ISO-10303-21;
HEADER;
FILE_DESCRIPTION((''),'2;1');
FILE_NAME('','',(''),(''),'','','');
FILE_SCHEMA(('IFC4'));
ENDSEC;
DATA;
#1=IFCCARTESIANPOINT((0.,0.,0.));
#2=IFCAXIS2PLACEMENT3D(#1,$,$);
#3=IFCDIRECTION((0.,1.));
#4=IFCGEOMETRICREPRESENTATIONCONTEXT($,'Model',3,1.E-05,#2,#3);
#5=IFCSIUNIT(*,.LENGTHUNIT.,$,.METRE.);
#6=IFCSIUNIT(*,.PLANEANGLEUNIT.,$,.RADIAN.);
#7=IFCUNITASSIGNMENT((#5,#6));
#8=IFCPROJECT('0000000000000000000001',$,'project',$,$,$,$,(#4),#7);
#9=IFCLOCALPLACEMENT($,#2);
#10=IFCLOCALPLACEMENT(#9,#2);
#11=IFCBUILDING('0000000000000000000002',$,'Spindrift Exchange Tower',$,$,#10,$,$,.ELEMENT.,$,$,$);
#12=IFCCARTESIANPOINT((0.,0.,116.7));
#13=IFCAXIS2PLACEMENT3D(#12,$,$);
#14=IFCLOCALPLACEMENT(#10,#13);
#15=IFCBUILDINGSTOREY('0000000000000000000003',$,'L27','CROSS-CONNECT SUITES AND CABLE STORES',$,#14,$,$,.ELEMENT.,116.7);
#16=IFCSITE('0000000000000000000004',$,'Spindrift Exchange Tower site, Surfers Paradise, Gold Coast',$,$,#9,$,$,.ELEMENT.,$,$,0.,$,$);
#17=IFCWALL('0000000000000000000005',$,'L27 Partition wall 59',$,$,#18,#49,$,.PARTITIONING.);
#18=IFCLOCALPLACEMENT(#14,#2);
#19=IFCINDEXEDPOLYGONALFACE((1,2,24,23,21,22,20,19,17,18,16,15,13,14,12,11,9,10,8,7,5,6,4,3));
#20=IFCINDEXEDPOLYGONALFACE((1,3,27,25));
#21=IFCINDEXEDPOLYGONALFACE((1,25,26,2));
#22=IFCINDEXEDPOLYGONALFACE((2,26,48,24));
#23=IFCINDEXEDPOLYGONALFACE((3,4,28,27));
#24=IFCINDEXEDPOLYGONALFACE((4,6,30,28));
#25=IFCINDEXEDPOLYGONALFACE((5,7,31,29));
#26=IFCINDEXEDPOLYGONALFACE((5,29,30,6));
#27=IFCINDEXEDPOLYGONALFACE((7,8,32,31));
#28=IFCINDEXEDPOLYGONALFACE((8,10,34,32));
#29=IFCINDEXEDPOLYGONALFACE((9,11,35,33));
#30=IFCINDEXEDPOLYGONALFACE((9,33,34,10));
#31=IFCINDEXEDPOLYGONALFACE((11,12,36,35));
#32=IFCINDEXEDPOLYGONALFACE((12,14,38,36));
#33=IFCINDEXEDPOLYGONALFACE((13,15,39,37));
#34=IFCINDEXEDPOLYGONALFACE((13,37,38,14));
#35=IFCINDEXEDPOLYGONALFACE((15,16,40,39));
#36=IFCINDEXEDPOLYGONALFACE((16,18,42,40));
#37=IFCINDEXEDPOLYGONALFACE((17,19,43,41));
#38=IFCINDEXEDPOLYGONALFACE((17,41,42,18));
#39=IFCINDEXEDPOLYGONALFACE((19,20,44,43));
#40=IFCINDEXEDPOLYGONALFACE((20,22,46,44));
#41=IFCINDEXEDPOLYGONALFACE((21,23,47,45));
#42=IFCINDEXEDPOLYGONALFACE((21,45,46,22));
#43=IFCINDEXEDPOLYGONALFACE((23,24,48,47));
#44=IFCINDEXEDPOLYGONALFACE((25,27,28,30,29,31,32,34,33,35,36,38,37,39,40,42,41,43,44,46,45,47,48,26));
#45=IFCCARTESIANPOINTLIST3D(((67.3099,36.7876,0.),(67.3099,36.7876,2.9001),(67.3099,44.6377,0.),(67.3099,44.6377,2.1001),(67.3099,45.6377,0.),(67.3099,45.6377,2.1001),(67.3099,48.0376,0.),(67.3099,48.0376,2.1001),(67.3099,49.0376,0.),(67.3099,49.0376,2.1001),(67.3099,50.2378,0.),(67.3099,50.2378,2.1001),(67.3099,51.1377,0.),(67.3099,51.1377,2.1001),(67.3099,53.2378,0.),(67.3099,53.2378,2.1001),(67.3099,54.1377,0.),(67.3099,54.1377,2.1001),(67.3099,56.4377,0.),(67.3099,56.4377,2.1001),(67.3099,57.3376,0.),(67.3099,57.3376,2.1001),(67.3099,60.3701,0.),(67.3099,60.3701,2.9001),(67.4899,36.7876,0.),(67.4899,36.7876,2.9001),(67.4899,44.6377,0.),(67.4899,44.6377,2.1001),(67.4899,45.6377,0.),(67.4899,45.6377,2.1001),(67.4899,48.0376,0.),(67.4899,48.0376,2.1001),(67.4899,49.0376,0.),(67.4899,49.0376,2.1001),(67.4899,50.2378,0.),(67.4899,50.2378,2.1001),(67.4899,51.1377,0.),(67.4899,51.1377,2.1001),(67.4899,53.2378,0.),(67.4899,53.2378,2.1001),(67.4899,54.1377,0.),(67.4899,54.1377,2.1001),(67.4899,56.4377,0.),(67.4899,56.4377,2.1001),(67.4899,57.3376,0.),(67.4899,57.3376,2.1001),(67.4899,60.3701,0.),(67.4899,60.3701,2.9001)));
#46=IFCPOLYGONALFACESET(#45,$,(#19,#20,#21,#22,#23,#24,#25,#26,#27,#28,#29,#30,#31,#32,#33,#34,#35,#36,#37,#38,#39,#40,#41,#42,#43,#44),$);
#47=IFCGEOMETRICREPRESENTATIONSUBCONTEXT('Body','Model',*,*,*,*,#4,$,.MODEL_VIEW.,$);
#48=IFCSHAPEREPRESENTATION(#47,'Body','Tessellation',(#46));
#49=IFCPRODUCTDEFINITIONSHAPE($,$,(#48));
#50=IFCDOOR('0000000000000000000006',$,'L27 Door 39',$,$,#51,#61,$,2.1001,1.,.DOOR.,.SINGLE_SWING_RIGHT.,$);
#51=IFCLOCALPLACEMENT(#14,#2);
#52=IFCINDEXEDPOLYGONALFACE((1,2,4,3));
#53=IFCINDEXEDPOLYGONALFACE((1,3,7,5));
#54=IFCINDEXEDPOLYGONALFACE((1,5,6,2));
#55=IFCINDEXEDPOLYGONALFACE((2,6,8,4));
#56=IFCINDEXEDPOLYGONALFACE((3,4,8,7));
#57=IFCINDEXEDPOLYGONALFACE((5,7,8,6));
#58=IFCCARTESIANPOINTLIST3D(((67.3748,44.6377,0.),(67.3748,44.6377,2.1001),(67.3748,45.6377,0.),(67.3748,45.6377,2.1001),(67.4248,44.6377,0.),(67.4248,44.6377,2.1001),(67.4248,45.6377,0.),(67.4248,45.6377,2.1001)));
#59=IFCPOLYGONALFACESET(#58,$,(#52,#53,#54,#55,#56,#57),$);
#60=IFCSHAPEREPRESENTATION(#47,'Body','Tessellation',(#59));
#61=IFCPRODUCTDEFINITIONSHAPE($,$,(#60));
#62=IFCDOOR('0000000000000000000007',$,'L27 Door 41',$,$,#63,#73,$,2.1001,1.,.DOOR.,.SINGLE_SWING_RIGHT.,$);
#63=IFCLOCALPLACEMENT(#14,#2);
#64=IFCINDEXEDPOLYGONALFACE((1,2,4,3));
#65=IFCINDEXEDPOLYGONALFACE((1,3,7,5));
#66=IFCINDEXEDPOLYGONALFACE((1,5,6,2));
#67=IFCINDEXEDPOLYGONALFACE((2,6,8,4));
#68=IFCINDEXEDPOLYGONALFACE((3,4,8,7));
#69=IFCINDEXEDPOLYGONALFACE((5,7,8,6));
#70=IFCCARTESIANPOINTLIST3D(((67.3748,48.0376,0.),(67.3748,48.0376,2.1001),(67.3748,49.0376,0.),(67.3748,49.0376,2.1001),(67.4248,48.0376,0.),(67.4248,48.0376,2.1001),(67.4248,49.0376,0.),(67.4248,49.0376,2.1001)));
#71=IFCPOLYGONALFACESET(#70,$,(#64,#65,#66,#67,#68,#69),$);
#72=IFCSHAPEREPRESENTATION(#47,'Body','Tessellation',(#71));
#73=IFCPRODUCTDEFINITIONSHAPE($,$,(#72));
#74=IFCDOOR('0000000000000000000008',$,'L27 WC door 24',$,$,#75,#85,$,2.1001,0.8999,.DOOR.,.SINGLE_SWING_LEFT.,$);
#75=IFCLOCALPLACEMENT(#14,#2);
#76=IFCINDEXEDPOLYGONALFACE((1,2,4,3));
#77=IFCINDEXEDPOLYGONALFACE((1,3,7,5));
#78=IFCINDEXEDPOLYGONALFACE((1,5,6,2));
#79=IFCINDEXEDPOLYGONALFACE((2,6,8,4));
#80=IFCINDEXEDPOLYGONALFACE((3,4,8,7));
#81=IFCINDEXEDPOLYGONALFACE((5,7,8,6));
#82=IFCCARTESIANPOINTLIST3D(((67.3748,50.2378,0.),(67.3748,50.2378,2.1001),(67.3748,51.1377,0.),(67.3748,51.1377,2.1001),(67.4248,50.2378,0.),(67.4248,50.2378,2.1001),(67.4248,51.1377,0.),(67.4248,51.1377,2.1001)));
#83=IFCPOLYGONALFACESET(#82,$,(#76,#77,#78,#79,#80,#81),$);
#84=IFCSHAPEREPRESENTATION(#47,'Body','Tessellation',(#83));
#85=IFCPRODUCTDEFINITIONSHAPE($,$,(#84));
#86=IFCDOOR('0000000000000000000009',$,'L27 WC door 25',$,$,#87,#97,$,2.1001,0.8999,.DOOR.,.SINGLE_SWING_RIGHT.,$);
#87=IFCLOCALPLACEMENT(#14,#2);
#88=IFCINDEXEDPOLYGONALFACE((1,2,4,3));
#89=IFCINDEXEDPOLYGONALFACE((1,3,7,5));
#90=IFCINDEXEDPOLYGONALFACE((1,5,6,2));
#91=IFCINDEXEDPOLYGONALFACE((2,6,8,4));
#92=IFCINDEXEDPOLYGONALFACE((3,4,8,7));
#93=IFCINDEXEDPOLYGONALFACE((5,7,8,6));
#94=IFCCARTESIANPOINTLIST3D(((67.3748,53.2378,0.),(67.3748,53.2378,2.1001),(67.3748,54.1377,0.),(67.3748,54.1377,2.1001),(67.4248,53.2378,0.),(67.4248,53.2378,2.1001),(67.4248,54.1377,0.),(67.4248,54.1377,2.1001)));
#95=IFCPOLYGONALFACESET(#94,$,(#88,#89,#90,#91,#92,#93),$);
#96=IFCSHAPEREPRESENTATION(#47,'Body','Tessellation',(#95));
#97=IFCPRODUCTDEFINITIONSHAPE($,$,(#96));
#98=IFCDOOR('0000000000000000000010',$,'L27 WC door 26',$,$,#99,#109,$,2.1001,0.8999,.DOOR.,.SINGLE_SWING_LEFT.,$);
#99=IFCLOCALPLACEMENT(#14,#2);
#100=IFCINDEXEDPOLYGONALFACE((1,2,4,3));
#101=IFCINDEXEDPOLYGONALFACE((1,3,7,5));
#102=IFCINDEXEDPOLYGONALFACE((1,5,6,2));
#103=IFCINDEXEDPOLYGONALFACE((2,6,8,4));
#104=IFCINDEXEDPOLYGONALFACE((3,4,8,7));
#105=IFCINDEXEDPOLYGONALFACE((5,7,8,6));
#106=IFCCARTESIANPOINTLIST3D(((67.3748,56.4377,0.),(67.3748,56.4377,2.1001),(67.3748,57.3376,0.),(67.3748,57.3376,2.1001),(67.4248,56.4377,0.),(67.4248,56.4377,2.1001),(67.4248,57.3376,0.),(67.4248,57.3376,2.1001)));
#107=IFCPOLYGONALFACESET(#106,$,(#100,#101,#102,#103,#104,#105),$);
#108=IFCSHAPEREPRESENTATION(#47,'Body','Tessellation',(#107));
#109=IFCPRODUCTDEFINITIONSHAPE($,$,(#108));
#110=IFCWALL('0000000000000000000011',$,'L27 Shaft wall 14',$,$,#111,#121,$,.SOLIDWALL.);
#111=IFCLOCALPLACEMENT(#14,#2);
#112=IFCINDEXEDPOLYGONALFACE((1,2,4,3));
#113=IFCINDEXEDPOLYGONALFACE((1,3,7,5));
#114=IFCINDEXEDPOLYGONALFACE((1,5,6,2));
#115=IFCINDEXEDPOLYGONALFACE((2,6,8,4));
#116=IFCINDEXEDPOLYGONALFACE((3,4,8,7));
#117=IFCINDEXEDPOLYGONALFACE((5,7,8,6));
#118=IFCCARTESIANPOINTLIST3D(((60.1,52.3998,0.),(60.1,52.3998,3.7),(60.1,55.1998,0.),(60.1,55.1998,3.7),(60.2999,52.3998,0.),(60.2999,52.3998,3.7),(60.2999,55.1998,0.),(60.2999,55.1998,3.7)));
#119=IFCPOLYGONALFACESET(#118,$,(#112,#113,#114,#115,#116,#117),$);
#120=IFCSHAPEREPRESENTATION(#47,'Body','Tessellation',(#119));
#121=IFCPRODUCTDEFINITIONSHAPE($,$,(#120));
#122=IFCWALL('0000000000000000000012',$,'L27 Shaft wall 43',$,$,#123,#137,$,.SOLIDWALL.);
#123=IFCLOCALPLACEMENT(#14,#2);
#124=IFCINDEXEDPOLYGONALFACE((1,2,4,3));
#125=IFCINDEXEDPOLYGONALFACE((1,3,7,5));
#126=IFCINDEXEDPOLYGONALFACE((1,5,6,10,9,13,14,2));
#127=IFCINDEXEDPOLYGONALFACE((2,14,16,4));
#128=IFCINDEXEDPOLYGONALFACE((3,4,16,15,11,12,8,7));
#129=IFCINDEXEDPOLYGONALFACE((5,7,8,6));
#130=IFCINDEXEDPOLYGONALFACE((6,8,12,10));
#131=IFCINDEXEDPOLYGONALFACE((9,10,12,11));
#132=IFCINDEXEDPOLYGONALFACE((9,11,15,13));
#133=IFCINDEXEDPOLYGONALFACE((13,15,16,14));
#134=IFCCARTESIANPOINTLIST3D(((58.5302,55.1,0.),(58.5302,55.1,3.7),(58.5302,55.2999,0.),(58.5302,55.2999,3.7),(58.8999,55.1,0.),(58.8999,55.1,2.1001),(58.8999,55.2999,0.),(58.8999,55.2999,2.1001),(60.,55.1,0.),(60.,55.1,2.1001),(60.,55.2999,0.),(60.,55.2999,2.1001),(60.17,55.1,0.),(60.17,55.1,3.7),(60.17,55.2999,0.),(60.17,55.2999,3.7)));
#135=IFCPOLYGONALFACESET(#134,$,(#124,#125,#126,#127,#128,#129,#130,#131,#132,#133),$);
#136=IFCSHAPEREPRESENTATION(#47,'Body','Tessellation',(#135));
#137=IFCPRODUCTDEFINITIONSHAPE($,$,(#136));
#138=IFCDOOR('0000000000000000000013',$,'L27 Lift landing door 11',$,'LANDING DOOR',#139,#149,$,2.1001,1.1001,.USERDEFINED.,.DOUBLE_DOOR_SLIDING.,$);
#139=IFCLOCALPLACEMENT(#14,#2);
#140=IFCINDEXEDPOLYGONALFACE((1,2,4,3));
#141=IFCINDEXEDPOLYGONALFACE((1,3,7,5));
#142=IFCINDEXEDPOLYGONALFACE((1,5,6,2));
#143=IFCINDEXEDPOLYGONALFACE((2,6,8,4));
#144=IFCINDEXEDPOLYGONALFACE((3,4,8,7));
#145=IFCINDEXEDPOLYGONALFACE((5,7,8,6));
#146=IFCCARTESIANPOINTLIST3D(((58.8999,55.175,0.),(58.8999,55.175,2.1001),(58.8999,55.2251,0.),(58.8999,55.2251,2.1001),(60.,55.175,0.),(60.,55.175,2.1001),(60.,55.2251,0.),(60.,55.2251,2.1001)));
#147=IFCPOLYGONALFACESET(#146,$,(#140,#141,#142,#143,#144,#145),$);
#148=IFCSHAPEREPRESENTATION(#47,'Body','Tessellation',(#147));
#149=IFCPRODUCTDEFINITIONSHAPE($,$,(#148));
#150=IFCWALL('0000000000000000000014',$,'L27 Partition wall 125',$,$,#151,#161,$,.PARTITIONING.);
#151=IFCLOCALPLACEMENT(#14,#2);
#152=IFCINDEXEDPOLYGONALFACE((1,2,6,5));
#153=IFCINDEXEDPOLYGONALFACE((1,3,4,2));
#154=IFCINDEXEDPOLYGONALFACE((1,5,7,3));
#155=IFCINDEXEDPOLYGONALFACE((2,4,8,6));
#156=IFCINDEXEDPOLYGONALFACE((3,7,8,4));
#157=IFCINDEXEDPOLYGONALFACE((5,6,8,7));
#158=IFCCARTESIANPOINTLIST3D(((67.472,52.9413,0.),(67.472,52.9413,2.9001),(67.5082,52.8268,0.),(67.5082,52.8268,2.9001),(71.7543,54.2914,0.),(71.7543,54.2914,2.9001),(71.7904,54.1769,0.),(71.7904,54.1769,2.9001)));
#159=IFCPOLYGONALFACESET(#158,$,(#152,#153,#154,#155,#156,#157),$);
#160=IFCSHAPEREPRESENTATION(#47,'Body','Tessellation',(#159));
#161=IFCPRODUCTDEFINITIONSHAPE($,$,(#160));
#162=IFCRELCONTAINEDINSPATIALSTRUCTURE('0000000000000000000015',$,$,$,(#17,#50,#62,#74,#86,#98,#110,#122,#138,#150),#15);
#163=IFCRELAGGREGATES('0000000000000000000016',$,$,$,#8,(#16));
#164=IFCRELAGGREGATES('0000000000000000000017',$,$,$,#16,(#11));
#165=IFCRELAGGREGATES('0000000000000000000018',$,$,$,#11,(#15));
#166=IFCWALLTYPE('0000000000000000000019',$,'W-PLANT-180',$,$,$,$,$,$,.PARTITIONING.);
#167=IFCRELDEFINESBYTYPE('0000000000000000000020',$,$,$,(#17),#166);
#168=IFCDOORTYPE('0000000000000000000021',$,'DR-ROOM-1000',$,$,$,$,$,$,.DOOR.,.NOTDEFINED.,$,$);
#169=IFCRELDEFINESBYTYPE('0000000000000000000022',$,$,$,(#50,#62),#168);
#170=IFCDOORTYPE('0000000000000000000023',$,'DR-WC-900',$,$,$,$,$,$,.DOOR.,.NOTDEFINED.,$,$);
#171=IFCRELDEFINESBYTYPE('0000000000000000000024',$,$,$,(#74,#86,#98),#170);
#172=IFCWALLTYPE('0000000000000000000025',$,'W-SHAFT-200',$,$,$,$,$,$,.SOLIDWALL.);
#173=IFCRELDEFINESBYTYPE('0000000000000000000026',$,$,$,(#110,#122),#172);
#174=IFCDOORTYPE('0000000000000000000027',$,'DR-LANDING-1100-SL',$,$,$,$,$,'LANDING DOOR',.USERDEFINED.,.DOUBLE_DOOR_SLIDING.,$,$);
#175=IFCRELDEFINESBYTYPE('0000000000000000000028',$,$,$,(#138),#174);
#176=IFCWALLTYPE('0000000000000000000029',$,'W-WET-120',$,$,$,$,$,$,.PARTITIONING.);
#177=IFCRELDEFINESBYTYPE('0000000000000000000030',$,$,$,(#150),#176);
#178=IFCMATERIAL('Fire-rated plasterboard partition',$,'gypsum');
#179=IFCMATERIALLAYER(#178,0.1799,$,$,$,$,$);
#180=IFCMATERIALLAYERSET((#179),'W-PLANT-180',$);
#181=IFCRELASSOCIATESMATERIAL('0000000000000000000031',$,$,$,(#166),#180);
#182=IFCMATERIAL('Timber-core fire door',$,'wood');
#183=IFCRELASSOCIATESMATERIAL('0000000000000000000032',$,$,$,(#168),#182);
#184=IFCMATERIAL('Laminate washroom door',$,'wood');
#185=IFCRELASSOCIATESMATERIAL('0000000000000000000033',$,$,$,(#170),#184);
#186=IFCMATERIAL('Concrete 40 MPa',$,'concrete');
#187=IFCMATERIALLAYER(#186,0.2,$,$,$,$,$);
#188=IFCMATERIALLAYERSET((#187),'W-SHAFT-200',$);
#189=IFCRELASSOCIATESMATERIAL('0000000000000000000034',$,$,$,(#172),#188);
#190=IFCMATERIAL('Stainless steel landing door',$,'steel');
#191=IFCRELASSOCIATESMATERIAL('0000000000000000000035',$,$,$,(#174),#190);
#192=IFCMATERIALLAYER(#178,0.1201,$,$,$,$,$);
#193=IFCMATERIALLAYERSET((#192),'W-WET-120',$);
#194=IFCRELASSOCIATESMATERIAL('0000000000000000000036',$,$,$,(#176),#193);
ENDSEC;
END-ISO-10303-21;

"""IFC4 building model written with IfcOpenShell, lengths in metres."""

from ifc_helpers import new_model, si_unit, direction, frame, frame_2d, origin, place, context, subcontext, project, spatial, rectangle, extrude, source, transform, mapped, material, layer, layer_set, type_object, element, fill, save


model = new_model("IFC4")

# Units and contexts
model_context = context("Model", 3, precision=1e-05, world=origin(), true_north=direction((0.0, 1.0)))
body_context = subcontext(model_context, "Body", "Model", "MODEL_VIEW")
ifc_project = project(units=[si_unit("LENGTHUNIT", "METRE"), si_unit("PLANEANGLEUNIT", "RADIAN")], contexts=[model_context])

# Site, building, storey
site_placement = place(None, origin())
site = spatial("IfcSite", under=ifc_project, at=site_placement, Name="Spindrift Exchange Tower site, Surfers Paradise, Gold Coast", CompositionType="ELEMENT", RefElevation=0.0)
building_placement = place(site_placement, origin())
building = spatial("IfcBuilding", under=site, at=building_placement, Name="Spindrift Exchange Tower", CompositionType="ELEMENT")
storey_placement = place(building_placement, frame((0.0, 0.0, 116.7)))
storey = spatial("IfcBuildingStorey", under=building, at=storey_placement, Name="L27", Description="CROSS-CONNECT SUITES AND CABLE STORES", CompositionType="ELEMENT", Elevation=116.7)

# Shared definitions
ifc_material_1 = material(Name="Fire-rated plasterboard partition", Category="gypsum")

# Wall, openings, doors
ifc_layer_1 = layer(ifc_material_1, 0.1799)
ifc_layer_set_1 = layer_set([ifc_layer_1], Name="W-PLANT-180")
wall_type_1 = type_object("IfcWallType", Name="W-PLANT-180", PredefinedType="PARTITIONING", material=ifc_layer_set_1)
wall_1_placement = place(storey_placement, frame((67.3999, 60.3701, 0.0), z_axis=(0.0, 0.0, 1.0), x_axis=(0.0, -1.0, 0.0)))
wall_1 = element("IfcWall", 1, at=wall_1_placement, inside=storey, type_object=wall_type_1, Name="L27 Partition wall 59", PredefinedType="PARTITIONING", context=body_context, shape_type="SweptSolid", body=[
    extrude(rectangle(XDim=23.5825, YDim=0.1799, at=frame_2d((11.7913, 0.0))), origin(), (0.0, 0.0, 1.0), 2.9001),
])
opening_1_placement = place(wall_1_placement, frame((9.2324, 0.0, 0.0)))
opening_1 = element("IfcOpeningElement", 2, at=opening_1_placement, cuts=wall_1, PredefinedType="OPENING", context=body_context, shape_type="SweptSolid", body=[
    extrude(rectangle(XDim=0.8999, YDim=2.1001, at=frame_2d((0.45, 1.05))), frame((0.0, 0.0999, 0.0), z_axis=(0.0, -1.0, 0.0), x_axis=(1.0, 0.0, 0.0)), (0.0, 0.0, 1.0), 0.2),
])
opening_2_placement = place(wall_1_placement, frame((6.2324, 0.0, 0.0)))
opening_2 = element("IfcOpeningElement", 3, at=opening_2_placement, cuts=wall_1, PredefinedType="OPENING", context=body_context, shape_type="SweptSolid", body=[
    extrude(rectangle(XDim=0.8999, YDim=2.1001, at=frame_2d((0.45, 1.05))), frame((0.0, 0.0999, 0.0), z_axis=(0.0, -1.0, 0.0), x_axis=(1.0, 0.0, 0.0)), (0.0, 0.0, 1.0), 0.2),
])
opening_3_placement = place(wall_1_placement, frame((3.0325, 0.0, 0.0)))
opening_3 = element("IfcOpeningElement", 4, at=opening_3_placement, cuts=wall_1, PredefinedType="OPENING", context=body_context, shape_type="SweptSolid", body=[
    extrude(rectangle(XDim=0.8999, YDim=2.1001, at=frame_2d((0.45, 1.05))), frame((0.0, 0.0999, 0.0), z_axis=(0.0, -1.0, 0.0), x_axis=(1.0, 0.0, 0.0)), (0.0, 0.0, 1.0), 0.2),
])
opening_4_placement = place(wall_1_placement, frame((14.7324, 0.0, 0.0)))
opening_4 = element("IfcOpeningElement", 5, at=opening_4_placement, cuts=wall_1, PredefinedType="OPENING", context=body_context, shape_type="SweptSolid", body=[
    extrude(rectangle(XDim=1.0, YDim=2.1001, at=frame_2d((0.5, 1.05))), frame((0.0, 0.0999, 0.0), z_axis=(0.0, -1.0, 0.0), x_axis=(1.0, 0.0, 0.0)), (0.0, 0.0, 1.0), 0.2),
])
opening_5_placement = place(wall_1_placement, frame((11.3325, 0.0, 0.0)))
opening_5 = element("IfcOpeningElement", 6, at=opening_5_placement, cuts=wall_1, PredefinedType="OPENING", context=body_context, shape_type="SweptSolid", body=[
    extrude(rectangle(XDim=1.0, YDim=2.1001, at=frame_2d((0.5, 1.05))), frame((0.0, 0.0999, 0.0), z_axis=(0.0, -1.0, 0.0), x_axis=(1.0, 0.0, 0.0)), (0.0, 0.0, 1.0), 0.2),
])
ifc_material_2 = material(Name="Timber-core fire door", Category="wood")
door_type_1 = type_object("IfcDoorType", Name="DR-ROOM-1000", OperationType="NOTDEFINED", PredefinedType="DOOR", material=ifc_material_2)
shared_shape_1 = source(origin(), body_context, "Body", "SweptSolid", [
    extrude(rectangle(XDim=1.0, YDim=2.1001, at=frame_2d((0.5, 1.05))), frame((0.0, 0.0249, 0.0), z_axis=(0.0, -1.0, 0.0), x_axis=(1.0, 0.0, 0.0)), (0.0, 0.0, 1.0), 0.05),
])
door_1_placement = place(opening_4_placement, origin())
door_1 = element("IfcDoor", 7, at=door_1_placement, inside=storey, type_object=door_type_1, Name="L27 Door 39", OperationType="SINGLE_SWING_RIGHT", OverallHeight=2.1001, OverallWidth=1.0, PredefinedType="DOOR", context=body_context, shape_type="MappedRepresentation", body=[
    mapped(shared_shape_1, transform((0.0, 0.0, 0.0), scale=1.0)),
])
fill(opening_4, door_1)
door_2_placement = place(opening_5_placement, origin())
door_2 = element("IfcDoor", 8, at=door_2_placement, inside=storey, type_object=door_type_1, Name="L27 Door 41", OperationType="SINGLE_SWING_RIGHT", OverallHeight=2.1001, OverallWidth=1.0, PredefinedType="DOOR", context=body_context, shape_type="MappedRepresentation", body=[
    mapped(shared_shape_1, transform((0.0, 0.0, 0.0), scale=1.0)),
])
fill(opening_5, door_2)
ifc_material_3 = material(Name="Laminate washroom door", Category="wood")
door_type_2 = type_object("IfcDoorType", Name="DR-WC-900", OperationType="NOTDEFINED", PredefinedType="DOOR", material=ifc_material_3)
shared_shape_2 = source(origin(), body_context, "Body", "SweptSolid", [
    extrude(rectangle(XDim=0.8999, YDim=2.1001, at=frame_2d((0.45, 1.05))), frame((0.0, 0.0249, 0.0), z_axis=(0.0, -1.0, 0.0), x_axis=(1.0, 0.0, 0.0)), (0.0, 0.0, 1.0), 0.05),
])
door_3_placement = place(opening_1_placement, origin())
door_3 = element("IfcDoor", 9, at=door_3_placement, inside=storey, type_object=door_type_2, Name="L27 WC door 24", OperationType="SINGLE_SWING_LEFT", OverallHeight=2.1001, OverallWidth=0.8999, PredefinedType="DOOR", context=body_context, shape_type="MappedRepresentation", body=[
    mapped(shared_shape_2, transform((0.0, 0.0, 0.0), scale=1.0)),
])
fill(opening_1, door_3)
door_4_placement = place(opening_2_placement, origin())
door_4 = element("IfcDoor", 10, at=door_4_placement, inside=storey, type_object=door_type_2, Name="L27 WC door 25", OperationType="SINGLE_SWING_RIGHT", OverallHeight=2.1001, OverallWidth=0.8999, PredefinedType="DOOR", context=body_context, shape_type="MappedRepresentation", body=[
    mapped(shared_shape_2, transform((0.0, 0.0, 0.0), scale=1.0)),
])
fill(opening_2, door_4)
door_5_placement = place(opening_3_placement, origin())
door_5 = element("IfcDoor", 11, at=door_5_placement, inside=storey, type_object=door_type_2, Name="L27 WC door 26", OperationType="SINGLE_SWING_LEFT", OverallHeight=2.1001, OverallWidth=0.8999, PredefinedType="DOOR", context=body_context, shape_type="MappedRepresentation", body=[
    mapped(shared_shape_2, transform((0.0, 0.0, 0.0), scale=1.0)),
])
fill(opening_3, door_5)

# Wall
ifc_material_4 = material(Name="Concrete 40 MPa", Category="concrete")
ifc_layer_2 = layer(ifc_material_4, 0.2)
ifc_layer_set_2 = layer_set([ifc_layer_2], Name="W-SHAFT-200")
wall_type_2 = type_object("IfcWallType", Name="W-SHAFT-200", PredefinedType="SOLIDWALL", material=ifc_layer_set_2)
wall_2_placement = place(storey_placement, frame((60.2, 52.3999, 0.0), z_axis=(0.0, 0.0, 1.0), x_axis=(0.0, 1.0, 0.0)))
element("IfcWall", 12, at=wall_2_placement, inside=storey, type_object=wall_type_2, Name="L27 Shaft wall 14", PredefinedType="SOLIDWALL", context=body_context, shape_type="SweptSolid", body=[
    extrude(rectangle(XDim=2.8, YDim=0.2, at=frame_2d((1.3999, 0.0))), origin(), (0.0, 0.0, 1.0), 3.7),
])

# Wall, opening, door
wall_3_placement = place(storey_placement, frame((60.1699, 55.2, 0.0), z_axis=(0.0, 0.0, 1.0), x_axis=(-1.0, 0.0, 0.0)))
wall_3 = element("IfcWall", 13, at=wall_3_placement, inside=storey, type_object=wall_type_2, Name="L27 Shaft wall 43", PredefinedType="SOLIDWALL", context=body_context, shape_type="SweptSolid", body=[
    extrude(rectangle(XDim=1.6399, YDim=0.2, at=frame_2d((0.8198, 0.0))), origin(), (0.0, 0.0, 1.0), 3.7),
])
opening_6_placement = place(wall_3_placement, frame((0.1699, 0.0, 0.0)))
opening_6 = element("IfcOpeningElement", 14, at=opening_6_placement, cuts=wall_3, PredefinedType="OPENING", context=body_context, shape_type="SweptSolid", body=[
    extrude(rectangle(XDim=1.1001, YDim=2.1001, at=frame_2d((0.55, 1.05))), frame((0.0, 0.1099, 0.0), z_axis=(0.0, -1.0, 0.0), x_axis=(1.0, 0.0, 0.0)), (0.0, 0.0, 1.0), 0.22),
])
ifc_material_5 = material(Name="Stainless steel landing door", Category="steel")
door_type_3 = type_object("IfcDoorType", Name="DR-LANDING-1100-SL", ElementType="LANDING DOOR", OperationType="DOUBLE_DOOR_SLIDING", PredefinedType="USERDEFINED", material=ifc_material_5)
shared_shape_3 = source(origin(), body_context, "Body", "SweptSolid", [
    extrude(rectangle(XDim=1.1001, YDim=2.1001, at=frame_2d((0.55, 1.05))), frame((0.0, 0.0249, 0.0), z_axis=(0.0, -1.0, 0.0), x_axis=(1.0, 0.0, 0.0)), (0.0, 0.0, 1.0), 0.05),
])
door_6_placement = place(opening_6_placement, origin())
door_6 = element("IfcDoor", 15, at=door_6_placement, inside=storey, type_object=door_type_3, Name="L27 Lift landing door 11", ObjectType="LANDING DOOR", OperationType="DOUBLE_DOOR_SLIDING", OverallHeight=2.1001, OverallWidth=1.1001, PredefinedType="USERDEFINED", context=body_context, shape_type="MappedRepresentation", body=[
    mapped(shared_shape_3, transform((0.0, 0.0, 0.0), scale=1.0)),
])
fill(opening_6, door_6)

# Wall
ifc_layer_3 = layer(ifc_material_1, 0.1201)
ifc_layer_set_3 = layer_set([ifc_layer_3], Name="W-WET-120")
wall_type_3 = type_object("IfcWallType", Name="W-WET-120", PredefinedType="PARTITIONING", material=ifc_layer_set_3)
wall_4_placement = place(storey_placement, frame((67.49, 52.884, 0.0), z_axis=(0.0, 0.0, 1.0), x_axis=(0.953722, 0.300689, 0.0)))
element("IfcWall", 16, at=wall_4_placement, inside=storey, type_object=wall_type_3, Name="L27 Partition wall 125", PredefinedType="PARTITIONING", context=body_context, shape_type="SweptSolid", body=[
    extrude(rectangle(XDim=4.49, YDim=0.1201, at=frame_2d((2.2451, 0.0))), origin(), (0.0, 0.0, 1.0), 2.9001),
])

save(model, "model.ifc")
